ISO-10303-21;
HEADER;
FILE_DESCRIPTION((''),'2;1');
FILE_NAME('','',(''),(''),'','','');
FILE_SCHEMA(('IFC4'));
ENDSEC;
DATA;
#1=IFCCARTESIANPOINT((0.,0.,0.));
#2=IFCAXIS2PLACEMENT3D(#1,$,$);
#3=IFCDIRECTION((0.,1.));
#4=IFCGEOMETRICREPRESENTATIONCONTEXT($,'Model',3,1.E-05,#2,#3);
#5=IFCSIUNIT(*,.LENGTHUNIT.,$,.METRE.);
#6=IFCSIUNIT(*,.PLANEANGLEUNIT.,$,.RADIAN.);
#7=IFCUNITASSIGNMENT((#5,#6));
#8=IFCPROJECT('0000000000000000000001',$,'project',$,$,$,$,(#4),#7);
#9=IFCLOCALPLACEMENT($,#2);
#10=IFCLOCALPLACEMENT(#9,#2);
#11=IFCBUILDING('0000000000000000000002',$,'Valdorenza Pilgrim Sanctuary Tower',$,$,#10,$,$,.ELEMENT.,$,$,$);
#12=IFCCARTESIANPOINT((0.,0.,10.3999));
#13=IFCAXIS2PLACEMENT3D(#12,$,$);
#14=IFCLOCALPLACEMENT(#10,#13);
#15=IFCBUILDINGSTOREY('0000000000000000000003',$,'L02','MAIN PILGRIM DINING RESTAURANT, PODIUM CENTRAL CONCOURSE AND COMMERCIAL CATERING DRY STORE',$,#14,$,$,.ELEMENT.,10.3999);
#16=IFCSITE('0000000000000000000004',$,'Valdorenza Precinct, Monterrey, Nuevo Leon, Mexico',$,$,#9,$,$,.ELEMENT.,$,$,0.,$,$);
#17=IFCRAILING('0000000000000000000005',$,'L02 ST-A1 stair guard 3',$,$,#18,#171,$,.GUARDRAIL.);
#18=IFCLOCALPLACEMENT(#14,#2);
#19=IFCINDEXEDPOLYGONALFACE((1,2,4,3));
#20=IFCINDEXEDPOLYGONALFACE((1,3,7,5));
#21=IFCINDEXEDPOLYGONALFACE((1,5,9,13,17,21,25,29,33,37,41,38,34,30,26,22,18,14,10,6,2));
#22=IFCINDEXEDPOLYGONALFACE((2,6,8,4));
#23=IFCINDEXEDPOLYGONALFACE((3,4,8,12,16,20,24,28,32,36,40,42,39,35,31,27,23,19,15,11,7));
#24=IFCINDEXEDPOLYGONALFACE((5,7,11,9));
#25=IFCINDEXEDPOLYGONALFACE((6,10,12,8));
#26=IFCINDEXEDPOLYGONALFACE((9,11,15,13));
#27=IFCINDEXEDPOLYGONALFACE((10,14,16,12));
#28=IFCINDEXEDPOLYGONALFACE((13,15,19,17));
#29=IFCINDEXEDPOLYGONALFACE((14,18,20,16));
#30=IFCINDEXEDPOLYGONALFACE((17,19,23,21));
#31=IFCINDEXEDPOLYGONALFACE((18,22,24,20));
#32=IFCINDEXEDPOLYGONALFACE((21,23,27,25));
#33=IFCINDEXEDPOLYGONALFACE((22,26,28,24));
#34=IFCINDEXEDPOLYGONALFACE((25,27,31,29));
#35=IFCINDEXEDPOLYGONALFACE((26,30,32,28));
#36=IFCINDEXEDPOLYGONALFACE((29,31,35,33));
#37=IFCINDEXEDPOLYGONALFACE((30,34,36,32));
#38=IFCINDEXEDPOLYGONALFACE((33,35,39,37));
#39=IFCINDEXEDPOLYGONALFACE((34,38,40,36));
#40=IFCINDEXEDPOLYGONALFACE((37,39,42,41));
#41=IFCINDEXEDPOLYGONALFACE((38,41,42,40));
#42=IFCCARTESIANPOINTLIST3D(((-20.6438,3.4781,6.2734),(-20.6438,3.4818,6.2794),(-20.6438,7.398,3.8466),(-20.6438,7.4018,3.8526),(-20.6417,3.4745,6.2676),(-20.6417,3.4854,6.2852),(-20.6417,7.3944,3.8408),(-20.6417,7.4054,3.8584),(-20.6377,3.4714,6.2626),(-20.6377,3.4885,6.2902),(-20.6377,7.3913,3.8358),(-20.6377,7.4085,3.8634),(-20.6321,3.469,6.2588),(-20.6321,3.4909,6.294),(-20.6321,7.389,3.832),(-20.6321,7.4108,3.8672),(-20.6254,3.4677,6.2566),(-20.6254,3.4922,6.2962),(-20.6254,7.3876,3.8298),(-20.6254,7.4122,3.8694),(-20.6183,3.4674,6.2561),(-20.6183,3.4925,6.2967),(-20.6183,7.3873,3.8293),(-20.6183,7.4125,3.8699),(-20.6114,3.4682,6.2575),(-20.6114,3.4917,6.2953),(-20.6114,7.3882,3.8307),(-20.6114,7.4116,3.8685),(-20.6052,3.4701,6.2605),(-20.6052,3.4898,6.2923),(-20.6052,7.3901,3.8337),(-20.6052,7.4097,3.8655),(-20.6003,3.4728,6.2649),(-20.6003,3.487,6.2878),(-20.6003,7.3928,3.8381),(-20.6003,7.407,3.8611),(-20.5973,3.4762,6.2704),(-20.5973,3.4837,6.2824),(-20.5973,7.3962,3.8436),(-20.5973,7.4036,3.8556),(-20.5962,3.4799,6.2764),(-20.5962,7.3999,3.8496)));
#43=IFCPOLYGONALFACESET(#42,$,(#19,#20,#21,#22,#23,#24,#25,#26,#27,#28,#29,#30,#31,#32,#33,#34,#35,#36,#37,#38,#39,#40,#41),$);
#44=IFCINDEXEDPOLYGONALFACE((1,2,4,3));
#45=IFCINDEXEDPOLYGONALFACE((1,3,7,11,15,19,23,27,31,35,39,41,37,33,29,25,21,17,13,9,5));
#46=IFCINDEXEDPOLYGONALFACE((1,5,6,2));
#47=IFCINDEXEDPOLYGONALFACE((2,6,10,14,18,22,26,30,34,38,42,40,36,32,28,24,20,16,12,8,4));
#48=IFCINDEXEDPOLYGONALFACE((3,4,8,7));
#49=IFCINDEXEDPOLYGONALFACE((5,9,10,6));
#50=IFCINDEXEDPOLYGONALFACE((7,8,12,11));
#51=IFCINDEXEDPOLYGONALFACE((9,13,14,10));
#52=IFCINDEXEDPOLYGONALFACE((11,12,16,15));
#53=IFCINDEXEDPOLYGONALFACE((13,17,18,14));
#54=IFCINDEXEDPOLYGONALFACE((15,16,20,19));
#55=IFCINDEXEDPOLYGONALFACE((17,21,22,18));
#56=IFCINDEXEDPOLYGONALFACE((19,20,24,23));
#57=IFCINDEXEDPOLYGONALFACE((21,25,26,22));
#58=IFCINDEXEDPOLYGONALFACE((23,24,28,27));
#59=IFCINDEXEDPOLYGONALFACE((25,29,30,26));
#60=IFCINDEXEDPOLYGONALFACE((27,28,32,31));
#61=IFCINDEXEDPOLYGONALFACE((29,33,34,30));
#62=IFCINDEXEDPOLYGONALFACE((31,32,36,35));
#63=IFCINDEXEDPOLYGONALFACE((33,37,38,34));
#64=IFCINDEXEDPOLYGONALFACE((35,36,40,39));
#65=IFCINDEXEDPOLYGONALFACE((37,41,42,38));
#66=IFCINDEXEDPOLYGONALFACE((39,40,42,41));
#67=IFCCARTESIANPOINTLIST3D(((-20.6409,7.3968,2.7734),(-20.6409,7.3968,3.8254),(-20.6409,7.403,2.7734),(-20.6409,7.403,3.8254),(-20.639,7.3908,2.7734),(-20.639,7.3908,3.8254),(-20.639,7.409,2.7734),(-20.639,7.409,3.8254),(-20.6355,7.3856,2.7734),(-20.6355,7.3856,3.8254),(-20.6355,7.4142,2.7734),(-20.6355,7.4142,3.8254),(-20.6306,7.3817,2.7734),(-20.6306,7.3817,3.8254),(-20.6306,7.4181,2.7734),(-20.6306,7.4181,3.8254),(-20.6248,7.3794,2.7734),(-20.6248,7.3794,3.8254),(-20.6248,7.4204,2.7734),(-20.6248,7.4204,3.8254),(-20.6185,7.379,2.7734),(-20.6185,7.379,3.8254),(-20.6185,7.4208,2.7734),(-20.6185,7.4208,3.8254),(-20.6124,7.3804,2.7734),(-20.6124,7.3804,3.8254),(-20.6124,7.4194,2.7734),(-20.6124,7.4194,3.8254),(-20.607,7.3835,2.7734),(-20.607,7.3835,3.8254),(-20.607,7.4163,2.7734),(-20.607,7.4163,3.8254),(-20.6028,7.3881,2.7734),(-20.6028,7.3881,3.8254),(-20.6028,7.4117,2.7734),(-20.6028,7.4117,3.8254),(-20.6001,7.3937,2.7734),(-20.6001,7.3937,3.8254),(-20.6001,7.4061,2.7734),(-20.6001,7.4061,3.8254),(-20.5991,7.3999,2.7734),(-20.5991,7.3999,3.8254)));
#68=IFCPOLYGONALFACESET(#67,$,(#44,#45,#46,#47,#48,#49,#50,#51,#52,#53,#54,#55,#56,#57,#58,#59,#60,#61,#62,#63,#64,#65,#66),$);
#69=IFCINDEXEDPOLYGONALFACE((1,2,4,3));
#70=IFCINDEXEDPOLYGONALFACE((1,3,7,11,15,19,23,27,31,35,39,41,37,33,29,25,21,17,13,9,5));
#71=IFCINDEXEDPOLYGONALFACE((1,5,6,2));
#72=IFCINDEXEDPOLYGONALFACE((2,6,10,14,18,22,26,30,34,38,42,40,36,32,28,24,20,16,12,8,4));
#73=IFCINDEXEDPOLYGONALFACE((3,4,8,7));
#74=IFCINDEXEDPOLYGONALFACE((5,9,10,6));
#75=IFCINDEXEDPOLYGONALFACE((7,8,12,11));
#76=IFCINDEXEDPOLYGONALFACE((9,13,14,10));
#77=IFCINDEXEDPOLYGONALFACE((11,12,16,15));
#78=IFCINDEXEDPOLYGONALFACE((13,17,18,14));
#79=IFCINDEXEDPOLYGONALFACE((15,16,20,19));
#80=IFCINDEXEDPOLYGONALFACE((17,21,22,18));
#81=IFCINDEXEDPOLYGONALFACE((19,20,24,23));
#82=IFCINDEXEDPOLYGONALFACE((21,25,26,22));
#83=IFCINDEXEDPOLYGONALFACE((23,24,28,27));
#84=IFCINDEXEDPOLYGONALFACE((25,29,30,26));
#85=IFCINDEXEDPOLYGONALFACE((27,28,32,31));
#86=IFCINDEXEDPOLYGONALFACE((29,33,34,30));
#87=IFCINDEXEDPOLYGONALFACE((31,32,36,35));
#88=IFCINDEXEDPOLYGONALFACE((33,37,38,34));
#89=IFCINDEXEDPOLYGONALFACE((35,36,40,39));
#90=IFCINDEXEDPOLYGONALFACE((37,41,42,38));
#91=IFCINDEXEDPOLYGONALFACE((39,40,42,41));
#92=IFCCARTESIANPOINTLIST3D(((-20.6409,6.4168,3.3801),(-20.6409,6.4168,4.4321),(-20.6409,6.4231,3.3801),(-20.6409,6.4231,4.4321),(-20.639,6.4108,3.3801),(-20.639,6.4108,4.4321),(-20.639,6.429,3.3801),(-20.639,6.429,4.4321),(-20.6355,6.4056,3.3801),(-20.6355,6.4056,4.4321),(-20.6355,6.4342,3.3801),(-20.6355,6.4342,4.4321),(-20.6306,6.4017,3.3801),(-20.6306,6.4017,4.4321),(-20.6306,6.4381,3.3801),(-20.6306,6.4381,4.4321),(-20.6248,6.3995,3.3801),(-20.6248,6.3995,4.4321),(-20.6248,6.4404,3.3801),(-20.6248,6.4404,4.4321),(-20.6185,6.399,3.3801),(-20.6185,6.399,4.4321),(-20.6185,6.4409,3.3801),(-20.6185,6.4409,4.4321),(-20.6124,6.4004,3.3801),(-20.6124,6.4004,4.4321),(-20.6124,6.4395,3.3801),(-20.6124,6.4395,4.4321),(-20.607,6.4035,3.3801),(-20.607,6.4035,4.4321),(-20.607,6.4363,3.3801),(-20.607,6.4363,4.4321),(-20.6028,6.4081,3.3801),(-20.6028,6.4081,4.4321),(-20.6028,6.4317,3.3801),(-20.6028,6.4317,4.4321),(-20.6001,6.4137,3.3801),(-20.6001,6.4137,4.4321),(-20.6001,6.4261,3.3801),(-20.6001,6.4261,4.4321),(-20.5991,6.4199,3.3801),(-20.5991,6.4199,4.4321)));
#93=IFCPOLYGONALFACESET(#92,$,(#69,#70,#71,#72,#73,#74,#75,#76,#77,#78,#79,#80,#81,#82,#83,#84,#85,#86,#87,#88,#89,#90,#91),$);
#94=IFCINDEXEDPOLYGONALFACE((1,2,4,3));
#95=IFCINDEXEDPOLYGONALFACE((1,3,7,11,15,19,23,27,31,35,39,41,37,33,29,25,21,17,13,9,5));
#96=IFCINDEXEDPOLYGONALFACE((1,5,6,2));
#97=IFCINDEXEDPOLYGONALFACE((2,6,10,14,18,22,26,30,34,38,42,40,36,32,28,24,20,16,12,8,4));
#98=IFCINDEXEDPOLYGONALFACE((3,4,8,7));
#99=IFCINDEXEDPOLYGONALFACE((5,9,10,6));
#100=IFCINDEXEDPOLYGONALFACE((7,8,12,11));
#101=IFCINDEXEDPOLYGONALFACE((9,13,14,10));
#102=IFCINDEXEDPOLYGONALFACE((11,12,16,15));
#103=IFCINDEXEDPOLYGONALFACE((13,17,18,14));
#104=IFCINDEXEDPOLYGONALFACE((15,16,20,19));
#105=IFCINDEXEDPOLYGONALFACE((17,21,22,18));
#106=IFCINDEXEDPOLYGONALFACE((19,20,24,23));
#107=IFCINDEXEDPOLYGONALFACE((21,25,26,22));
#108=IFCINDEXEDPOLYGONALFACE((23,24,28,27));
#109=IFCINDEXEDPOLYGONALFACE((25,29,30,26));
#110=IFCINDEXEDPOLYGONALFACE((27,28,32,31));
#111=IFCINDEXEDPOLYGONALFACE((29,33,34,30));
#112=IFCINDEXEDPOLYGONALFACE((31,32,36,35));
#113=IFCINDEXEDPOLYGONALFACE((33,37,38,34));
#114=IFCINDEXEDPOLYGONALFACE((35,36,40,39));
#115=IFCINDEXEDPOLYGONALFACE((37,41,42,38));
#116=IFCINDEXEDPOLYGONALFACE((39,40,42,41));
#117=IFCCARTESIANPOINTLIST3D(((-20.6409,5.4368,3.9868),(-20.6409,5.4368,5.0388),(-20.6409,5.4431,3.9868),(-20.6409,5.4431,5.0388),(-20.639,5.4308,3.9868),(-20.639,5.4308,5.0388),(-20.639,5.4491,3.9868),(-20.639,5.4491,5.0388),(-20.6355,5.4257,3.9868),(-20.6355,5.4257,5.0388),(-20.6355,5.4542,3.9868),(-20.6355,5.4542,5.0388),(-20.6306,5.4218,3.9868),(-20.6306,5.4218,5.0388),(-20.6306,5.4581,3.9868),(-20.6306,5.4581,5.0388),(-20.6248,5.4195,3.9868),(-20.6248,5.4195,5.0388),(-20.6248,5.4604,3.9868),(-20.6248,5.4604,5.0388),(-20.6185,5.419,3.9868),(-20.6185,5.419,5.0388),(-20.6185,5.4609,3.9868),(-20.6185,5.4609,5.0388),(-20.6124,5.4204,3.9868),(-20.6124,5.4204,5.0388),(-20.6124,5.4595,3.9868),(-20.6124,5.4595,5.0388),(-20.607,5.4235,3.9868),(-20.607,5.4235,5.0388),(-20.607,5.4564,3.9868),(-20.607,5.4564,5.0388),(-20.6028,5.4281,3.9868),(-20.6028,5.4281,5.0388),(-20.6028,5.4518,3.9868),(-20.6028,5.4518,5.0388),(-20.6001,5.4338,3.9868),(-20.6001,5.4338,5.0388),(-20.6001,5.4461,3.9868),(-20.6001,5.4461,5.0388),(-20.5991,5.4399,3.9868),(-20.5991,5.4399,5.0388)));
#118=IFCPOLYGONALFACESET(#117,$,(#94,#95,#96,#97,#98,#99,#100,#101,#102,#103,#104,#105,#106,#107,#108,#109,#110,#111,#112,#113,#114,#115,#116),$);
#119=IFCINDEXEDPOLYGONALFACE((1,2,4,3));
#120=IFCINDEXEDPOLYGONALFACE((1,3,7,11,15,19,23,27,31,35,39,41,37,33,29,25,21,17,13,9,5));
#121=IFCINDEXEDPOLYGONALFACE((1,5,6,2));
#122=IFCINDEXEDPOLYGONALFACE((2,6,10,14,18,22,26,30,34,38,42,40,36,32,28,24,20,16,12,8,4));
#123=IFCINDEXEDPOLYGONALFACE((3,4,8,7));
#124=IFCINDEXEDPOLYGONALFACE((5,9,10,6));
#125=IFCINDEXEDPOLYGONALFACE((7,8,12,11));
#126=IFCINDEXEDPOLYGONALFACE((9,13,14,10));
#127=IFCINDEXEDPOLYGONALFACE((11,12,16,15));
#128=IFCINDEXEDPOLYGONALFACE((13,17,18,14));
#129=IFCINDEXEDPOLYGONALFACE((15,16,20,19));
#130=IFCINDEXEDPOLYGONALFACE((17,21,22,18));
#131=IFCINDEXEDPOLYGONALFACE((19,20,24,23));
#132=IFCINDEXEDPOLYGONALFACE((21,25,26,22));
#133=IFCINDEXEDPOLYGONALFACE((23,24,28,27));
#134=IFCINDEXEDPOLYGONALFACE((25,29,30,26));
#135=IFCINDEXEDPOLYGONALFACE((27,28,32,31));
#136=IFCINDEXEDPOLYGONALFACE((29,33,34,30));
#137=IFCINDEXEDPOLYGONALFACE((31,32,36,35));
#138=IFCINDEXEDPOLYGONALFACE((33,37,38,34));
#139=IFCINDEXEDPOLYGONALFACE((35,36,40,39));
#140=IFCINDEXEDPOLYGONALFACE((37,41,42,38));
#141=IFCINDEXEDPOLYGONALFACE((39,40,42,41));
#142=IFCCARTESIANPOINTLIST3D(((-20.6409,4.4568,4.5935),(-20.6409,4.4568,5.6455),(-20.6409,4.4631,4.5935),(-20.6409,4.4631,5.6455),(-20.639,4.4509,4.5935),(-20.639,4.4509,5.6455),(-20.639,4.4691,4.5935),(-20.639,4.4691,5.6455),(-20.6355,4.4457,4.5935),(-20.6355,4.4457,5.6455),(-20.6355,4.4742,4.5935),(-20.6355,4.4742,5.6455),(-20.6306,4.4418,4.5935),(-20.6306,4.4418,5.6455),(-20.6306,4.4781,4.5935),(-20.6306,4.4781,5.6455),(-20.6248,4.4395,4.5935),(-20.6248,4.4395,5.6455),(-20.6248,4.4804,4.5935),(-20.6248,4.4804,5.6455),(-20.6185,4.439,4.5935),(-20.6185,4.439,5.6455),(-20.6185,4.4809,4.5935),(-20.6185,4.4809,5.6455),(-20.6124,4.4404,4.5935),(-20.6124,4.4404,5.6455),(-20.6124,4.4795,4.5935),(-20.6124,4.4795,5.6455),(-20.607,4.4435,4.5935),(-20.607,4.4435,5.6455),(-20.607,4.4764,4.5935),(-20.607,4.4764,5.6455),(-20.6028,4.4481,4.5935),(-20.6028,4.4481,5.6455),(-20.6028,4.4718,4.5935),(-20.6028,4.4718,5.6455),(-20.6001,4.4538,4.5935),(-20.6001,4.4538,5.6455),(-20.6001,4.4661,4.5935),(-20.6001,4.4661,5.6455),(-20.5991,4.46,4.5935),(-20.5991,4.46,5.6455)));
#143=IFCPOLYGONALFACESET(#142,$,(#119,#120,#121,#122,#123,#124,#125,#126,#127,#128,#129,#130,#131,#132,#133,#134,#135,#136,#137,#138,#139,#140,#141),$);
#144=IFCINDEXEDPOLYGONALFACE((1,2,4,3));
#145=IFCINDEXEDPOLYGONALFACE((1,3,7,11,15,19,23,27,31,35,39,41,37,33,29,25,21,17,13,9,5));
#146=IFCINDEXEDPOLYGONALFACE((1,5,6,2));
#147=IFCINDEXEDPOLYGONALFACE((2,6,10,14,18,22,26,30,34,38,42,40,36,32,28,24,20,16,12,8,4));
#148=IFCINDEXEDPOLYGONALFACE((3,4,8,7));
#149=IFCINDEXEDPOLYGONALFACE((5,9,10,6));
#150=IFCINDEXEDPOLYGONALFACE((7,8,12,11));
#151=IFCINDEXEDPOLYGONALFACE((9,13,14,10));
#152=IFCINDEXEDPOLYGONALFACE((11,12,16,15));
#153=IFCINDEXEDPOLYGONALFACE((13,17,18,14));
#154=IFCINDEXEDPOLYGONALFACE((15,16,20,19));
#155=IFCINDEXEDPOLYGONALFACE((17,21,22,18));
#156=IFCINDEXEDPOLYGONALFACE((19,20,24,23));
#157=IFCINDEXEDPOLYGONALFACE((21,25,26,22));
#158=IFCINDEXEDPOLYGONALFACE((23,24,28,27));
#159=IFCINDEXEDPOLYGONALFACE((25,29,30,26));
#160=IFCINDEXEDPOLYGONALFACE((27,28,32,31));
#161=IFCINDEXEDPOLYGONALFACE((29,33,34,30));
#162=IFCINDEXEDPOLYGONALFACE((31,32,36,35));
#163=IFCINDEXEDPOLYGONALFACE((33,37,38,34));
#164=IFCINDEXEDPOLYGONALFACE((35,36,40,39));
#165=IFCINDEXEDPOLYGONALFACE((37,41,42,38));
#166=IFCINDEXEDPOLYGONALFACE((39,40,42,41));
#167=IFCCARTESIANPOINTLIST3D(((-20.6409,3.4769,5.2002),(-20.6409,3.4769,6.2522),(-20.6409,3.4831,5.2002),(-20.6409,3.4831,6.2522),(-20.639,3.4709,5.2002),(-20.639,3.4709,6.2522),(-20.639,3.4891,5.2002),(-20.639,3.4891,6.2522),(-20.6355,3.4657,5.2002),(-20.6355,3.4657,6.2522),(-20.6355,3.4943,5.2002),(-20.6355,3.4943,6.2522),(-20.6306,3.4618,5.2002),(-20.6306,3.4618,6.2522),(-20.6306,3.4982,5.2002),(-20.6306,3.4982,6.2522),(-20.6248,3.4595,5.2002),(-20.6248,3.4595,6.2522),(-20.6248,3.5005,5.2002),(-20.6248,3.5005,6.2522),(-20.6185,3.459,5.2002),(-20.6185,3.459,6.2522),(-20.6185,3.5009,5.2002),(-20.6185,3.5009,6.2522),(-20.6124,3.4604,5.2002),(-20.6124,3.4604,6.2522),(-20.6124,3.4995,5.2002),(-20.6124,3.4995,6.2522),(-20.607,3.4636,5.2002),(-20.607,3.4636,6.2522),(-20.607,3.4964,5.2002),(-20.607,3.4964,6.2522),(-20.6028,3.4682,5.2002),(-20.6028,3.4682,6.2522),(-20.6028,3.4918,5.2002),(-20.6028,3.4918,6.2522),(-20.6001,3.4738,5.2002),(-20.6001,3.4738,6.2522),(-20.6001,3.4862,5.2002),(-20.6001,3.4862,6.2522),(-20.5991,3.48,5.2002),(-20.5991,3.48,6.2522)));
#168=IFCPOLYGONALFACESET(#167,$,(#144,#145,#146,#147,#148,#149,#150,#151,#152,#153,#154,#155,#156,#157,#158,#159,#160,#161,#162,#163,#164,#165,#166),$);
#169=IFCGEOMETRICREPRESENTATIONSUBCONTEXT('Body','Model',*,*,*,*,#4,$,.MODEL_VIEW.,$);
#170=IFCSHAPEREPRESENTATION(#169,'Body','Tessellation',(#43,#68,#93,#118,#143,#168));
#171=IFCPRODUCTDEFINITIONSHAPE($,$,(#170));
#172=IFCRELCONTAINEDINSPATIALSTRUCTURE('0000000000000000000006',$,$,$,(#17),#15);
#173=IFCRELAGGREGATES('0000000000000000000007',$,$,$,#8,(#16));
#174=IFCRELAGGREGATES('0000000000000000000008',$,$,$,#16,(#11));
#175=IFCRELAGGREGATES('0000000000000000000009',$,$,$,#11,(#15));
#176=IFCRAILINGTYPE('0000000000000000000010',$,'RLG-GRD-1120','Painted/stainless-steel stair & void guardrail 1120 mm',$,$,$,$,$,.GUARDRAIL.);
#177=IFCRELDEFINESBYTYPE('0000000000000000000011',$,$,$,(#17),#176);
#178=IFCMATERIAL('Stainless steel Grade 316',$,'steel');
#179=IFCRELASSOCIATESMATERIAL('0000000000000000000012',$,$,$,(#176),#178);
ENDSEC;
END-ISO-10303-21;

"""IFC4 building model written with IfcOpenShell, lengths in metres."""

from ifc_helpers import new_model, si_unit, direction, frame, origin, origin_2d, place, context, subcontext, project, spatial, circle, extrude, material, type_object, element, save


model = new_model("IFC4")

# Units and contexts
model_context = context("Model", 3, precision=1e-05, world=origin(), true_north=direction((0.0, 1.0)))
body_context = subcontext(model_context, "Body", "Model", "MODEL_VIEW")
ifc_project = project(units=[si_unit("LENGTHUNIT", "METRE"), si_unit("PLANEANGLEUNIT", "RADIAN")], contexts=[model_context])

# Site, building, storey
site_placement = place(None, origin())
site = spatial("IfcSite", under=ifc_project, at=site_placement, Name="Valdorenza Precinct, Monterrey, Nuevo Leon, Mexico", CompositionType="ELEMENT", RefElevation=0.0)
building_placement = place(site_placement, origin())
building = spatial("IfcBuilding", under=site, at=building_placement, Name="Valdorenza Pilgrim Sanctuary Tower", CompositionType="ELEMENT")
storey_placement = place(building_placement, frame((0.0, 0.0, 10.3999)))
storey = spatial("IfcBuildingStorey", under=building, at=storey_placement, Name="L02", Description="MAIN PILGRIM DINING RESTAURANT, PODIUM CENTRAL CONCOURSE AND COMMERCIAL CATERING DRY STORE", CompositionType="ELEMENT", Elevation=10.3999)

# Railing
ifc_material_1 = material(Name="Stainless steel Grade 316", Category="steel")
railing_type = type_object("IfcRailingType", Name="RLG-GRD-1120", Description="Painted/stainless-steel stair & void guardrail 1120 mm", PredefinedType="GUARDRAIL", material=ifc_material_1)
railing_1_placement = place(storey_placement, frame((-20.6201, 7.3999, 2.7734)))
element("IfcRailing", 1, at=railing_1_placement, inside=storey, type_object=railing_type, Name="L02 ST-A1 stair guard 3", PredefinedType="GUARDRAIL", context=body_context, shape_type="SweptSolid", body=[
    extrude(circle(Radius=0.0239, at=origin_2d()), frame((0.0, 0.0, 1.0762), z_axis=(0.0, -0.850252, 0.526376), x_axis=(1.0, 0.0, 0.0)), (0.0, 0.0, 1.0), 4.6104),
    extrude(circle(Radius=0.021, at=origin_2d()), origin(), (0.0, 0.0, 1.0), 1.052),
    extrude(circle(Radius=0.021, at=origin_2d()), frame((0.0, -0.98, 0.6067)), (0.0, 0.0, 1.0), 1.052),
    extrude(circle(Radius=0.021, at=origin_2d()), frame((0.0, -1.96, 1.2134)), (0.0, 0.0, 1.0), 1.052),
    extrude(circle(Radius=0.021, at=origin_2d()), frame((0.0, -2.9399, 1.8201)), (0.0, 0.0, 1.0), 1.052),
    extrude(circle(Radius=0.021, at=origin_2d()), frame((0.0, -3.9199, 2.4268)), (0.0, 0.0, 1.0), 1.052),
])

save(model, "model.ifc")
